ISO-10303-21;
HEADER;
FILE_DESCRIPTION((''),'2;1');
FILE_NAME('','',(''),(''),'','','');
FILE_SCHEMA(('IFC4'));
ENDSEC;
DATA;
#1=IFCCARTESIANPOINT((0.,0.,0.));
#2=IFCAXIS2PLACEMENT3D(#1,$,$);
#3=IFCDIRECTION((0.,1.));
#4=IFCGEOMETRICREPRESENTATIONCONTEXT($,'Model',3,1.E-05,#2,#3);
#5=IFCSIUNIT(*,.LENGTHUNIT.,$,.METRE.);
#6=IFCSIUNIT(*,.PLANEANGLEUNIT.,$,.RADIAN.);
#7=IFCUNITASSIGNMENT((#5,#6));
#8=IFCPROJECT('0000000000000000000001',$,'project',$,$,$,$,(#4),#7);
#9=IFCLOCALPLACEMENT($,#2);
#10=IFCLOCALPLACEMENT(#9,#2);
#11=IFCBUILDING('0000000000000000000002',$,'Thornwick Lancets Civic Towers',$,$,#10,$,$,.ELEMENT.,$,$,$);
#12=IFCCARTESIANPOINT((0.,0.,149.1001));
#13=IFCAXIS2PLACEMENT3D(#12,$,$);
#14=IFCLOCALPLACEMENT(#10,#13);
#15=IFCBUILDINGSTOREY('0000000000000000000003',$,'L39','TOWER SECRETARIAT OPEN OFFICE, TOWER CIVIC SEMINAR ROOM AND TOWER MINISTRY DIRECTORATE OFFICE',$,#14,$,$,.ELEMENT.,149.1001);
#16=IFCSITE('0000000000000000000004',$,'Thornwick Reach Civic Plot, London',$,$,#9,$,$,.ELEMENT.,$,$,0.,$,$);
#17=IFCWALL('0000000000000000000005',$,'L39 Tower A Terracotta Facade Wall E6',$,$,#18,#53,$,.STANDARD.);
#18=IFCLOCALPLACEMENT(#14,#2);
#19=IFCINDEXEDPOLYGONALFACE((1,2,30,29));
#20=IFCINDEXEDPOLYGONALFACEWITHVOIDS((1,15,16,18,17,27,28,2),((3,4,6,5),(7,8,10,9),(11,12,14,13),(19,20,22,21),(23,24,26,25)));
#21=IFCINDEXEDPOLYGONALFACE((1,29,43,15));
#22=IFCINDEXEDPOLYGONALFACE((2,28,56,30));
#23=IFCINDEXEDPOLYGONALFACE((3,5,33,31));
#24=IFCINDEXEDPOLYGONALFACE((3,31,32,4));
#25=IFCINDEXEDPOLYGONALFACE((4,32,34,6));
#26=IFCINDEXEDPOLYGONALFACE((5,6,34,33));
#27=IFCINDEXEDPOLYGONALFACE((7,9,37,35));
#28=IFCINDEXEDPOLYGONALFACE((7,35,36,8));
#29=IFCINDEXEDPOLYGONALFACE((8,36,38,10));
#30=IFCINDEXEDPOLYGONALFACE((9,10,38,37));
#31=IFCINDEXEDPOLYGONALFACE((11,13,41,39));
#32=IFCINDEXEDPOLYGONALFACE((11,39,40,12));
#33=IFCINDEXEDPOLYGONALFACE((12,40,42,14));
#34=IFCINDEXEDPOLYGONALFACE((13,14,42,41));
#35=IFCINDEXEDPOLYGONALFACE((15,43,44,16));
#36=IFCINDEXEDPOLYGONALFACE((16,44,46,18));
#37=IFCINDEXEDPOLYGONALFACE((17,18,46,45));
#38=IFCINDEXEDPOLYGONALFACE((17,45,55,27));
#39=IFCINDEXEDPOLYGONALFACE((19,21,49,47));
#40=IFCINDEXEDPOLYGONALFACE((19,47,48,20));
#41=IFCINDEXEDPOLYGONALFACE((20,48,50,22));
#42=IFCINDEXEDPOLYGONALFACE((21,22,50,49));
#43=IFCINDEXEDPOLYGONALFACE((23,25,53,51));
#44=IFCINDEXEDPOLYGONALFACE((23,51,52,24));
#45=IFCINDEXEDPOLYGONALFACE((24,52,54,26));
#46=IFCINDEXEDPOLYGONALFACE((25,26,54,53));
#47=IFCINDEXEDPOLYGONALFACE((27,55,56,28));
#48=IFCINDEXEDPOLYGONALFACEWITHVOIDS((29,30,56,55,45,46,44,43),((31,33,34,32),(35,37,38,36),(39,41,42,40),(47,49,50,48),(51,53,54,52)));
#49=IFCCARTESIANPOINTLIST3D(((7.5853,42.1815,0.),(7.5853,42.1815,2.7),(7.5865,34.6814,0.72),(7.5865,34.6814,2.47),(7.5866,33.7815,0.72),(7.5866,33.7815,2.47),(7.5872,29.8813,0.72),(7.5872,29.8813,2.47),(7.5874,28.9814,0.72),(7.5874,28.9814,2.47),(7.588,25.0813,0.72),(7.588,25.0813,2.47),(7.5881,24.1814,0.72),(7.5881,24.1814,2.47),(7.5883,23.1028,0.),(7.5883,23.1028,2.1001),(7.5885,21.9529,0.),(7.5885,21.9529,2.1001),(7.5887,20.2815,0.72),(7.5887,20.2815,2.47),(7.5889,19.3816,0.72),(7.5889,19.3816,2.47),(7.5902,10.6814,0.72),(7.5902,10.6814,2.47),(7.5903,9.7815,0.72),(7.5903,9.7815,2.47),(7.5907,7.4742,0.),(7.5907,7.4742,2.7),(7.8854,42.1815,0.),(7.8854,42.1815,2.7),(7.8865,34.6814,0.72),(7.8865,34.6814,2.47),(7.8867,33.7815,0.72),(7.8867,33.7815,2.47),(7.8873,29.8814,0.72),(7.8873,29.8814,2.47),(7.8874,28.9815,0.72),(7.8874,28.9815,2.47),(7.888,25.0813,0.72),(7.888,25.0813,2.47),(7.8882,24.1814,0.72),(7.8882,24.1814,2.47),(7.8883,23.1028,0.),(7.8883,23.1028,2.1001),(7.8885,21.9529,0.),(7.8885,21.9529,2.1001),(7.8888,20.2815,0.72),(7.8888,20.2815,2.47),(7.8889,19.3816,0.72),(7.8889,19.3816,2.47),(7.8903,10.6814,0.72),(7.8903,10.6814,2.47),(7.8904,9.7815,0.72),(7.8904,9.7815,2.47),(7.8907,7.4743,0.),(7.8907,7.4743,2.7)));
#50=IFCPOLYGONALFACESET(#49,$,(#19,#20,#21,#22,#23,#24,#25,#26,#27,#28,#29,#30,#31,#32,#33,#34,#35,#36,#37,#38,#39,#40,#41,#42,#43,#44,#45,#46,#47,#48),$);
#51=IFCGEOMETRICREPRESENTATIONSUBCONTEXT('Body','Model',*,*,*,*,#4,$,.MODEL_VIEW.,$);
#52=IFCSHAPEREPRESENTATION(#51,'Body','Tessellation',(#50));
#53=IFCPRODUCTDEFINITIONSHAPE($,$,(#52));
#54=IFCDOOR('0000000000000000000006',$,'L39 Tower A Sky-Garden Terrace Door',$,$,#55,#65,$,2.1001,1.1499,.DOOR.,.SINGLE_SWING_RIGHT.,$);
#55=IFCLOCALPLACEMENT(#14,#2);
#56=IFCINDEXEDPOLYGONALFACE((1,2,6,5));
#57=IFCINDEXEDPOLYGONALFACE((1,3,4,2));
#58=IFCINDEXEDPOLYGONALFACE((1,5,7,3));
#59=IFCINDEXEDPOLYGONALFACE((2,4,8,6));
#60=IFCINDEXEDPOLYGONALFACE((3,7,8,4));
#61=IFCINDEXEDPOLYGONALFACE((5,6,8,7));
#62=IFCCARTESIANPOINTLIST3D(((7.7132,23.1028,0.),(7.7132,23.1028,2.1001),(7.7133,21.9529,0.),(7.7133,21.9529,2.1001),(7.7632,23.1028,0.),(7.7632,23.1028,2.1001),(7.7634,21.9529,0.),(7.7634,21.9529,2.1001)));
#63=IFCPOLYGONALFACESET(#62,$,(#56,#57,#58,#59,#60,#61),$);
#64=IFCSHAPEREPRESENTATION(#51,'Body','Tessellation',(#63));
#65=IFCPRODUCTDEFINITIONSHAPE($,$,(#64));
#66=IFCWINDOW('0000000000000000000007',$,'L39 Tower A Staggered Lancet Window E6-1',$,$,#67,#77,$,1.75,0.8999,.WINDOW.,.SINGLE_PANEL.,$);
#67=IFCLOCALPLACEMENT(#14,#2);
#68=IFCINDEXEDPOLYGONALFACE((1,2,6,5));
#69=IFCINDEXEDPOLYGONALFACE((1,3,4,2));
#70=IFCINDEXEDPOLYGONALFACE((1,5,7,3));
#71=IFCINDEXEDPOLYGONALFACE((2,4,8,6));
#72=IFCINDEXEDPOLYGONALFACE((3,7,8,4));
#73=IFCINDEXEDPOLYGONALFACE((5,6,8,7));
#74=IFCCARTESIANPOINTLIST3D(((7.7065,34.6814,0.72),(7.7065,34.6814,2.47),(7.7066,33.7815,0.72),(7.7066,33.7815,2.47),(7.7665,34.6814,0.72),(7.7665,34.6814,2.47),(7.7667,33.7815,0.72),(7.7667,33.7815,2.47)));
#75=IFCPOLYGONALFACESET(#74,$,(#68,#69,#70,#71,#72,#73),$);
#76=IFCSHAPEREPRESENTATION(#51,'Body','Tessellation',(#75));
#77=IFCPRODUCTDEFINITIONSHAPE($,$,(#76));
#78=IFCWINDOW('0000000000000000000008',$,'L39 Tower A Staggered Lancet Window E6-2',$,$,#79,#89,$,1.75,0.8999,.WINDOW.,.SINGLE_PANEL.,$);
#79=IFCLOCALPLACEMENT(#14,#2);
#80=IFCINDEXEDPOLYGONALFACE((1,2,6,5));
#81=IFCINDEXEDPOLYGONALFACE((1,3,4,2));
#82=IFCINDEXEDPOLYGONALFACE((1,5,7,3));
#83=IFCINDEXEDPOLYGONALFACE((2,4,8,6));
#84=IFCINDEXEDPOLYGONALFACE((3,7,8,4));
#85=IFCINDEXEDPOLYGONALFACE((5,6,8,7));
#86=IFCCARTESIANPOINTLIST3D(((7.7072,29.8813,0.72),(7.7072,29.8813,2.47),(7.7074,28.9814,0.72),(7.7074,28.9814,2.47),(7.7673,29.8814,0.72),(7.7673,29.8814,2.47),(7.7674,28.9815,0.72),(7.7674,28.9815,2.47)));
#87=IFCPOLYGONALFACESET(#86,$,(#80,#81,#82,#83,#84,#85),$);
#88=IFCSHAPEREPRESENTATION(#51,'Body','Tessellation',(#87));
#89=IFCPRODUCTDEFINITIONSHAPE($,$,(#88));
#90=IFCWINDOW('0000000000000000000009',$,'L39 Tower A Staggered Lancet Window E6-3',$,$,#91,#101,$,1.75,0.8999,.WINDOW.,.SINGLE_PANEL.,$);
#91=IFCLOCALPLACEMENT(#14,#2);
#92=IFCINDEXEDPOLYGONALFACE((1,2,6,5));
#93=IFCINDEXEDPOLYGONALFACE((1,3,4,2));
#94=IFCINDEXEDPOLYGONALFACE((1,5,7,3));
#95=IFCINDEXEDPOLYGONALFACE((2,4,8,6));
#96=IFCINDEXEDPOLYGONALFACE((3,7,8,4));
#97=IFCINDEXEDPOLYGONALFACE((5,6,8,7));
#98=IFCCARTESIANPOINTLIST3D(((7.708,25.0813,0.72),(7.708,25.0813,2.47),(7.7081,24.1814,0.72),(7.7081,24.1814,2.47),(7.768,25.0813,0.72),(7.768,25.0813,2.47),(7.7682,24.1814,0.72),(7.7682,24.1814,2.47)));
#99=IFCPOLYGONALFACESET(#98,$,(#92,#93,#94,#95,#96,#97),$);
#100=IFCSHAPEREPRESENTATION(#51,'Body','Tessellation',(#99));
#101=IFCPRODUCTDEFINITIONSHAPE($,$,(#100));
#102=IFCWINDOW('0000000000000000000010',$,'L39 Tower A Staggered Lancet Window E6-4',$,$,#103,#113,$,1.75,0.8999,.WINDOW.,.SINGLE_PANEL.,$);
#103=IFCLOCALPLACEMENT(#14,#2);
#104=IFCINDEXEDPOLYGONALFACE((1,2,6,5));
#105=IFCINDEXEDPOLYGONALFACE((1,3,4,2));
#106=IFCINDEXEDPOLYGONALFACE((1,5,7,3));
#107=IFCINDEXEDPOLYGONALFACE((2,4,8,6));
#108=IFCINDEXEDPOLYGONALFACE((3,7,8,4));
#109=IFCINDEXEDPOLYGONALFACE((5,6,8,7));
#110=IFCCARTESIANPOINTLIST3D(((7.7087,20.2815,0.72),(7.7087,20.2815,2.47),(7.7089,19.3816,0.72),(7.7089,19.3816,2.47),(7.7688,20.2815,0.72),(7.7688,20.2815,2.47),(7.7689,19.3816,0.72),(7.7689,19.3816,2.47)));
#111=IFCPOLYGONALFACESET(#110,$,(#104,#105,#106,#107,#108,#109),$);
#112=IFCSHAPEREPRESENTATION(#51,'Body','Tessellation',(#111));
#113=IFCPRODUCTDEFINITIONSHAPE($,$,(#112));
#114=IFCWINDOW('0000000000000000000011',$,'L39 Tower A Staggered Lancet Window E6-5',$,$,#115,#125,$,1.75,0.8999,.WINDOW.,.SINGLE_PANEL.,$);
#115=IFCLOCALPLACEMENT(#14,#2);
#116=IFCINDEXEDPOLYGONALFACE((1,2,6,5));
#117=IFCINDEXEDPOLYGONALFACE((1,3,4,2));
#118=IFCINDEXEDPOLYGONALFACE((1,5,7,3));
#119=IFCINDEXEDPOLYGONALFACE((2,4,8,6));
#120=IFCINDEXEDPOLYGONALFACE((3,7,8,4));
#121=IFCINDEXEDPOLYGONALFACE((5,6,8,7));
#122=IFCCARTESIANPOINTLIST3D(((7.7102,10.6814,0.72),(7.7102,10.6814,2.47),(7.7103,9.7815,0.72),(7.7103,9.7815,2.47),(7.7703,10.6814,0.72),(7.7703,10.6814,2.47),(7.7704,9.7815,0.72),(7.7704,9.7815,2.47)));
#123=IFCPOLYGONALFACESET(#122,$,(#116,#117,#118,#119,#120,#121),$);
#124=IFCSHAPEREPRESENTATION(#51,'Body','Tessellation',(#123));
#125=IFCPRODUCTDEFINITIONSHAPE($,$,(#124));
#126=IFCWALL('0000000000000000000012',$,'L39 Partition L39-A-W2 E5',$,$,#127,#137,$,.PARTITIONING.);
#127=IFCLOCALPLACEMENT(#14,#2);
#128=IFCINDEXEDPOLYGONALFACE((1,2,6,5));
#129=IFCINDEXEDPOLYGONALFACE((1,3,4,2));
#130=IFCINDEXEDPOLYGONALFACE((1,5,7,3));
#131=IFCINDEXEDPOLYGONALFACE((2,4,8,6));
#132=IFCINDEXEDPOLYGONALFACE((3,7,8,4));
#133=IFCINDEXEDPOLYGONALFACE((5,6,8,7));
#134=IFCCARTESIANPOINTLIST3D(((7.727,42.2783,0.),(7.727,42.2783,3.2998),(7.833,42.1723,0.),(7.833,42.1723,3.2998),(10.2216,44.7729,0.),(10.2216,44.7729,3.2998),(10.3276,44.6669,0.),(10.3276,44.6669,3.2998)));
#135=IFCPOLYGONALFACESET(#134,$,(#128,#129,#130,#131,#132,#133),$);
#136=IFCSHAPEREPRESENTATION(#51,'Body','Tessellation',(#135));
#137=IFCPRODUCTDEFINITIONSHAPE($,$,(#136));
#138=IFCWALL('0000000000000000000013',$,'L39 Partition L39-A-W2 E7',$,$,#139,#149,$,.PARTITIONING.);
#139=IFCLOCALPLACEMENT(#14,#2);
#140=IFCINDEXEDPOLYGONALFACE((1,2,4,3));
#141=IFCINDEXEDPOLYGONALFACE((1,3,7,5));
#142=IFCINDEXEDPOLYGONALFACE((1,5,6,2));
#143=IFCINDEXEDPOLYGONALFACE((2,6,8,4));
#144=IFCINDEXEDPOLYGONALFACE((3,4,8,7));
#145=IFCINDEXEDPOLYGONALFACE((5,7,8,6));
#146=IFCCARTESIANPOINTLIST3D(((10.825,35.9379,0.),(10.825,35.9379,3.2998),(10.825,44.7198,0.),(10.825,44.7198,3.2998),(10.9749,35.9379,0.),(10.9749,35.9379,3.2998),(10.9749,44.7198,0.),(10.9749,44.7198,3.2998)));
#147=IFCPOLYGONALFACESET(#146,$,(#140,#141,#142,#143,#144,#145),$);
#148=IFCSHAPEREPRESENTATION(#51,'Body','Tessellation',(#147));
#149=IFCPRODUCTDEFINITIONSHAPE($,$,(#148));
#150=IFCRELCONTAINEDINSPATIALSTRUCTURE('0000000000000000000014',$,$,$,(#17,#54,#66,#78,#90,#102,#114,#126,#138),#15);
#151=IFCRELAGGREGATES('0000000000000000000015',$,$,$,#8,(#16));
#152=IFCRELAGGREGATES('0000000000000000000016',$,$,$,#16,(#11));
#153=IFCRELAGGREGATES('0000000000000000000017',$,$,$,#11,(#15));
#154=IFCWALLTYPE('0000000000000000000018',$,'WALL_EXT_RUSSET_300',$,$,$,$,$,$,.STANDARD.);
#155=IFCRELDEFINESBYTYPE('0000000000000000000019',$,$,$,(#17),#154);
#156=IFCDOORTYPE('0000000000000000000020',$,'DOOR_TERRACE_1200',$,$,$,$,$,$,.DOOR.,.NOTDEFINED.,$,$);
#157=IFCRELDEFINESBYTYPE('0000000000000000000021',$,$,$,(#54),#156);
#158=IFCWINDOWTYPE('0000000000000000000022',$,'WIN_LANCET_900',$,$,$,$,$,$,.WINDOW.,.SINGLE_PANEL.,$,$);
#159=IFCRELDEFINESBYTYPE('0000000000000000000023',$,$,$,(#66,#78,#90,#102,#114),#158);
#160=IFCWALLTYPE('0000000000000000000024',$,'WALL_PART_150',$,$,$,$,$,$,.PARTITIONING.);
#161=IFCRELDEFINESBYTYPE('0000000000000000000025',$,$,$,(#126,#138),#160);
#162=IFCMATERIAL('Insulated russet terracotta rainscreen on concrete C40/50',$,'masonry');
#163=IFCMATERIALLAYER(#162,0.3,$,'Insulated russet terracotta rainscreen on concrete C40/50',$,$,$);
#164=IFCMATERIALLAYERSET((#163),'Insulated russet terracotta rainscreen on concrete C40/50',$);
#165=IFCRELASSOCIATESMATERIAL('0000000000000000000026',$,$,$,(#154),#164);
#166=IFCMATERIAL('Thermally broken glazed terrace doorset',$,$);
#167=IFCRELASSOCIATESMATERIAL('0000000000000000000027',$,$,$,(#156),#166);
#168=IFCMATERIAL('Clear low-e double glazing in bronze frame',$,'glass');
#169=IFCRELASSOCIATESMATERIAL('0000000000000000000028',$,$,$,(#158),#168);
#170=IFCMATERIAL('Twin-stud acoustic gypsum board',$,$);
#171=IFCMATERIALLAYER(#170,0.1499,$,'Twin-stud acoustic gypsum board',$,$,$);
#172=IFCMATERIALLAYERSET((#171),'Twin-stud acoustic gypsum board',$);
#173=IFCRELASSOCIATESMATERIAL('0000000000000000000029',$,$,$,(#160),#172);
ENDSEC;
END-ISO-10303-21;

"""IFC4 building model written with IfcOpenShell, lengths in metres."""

from ifc_helpers import new_model, si_unit, direction, frame, frame_2d, origin, place, context, subcontext, project, spatial, rectangle, extrude, material, layer, layer_set, type_object, element, fill, save


model = new_model("IFC4")

# Units and contexts
model_context = context("Model", 3, precision=1e-05, world=origin(), true_north=direction((0.0, 1.0)))
body_context = subcontext(model_context, "Body", "Model", "MODEL_VIEW")
ifc_project = project(units=[si_unit("LENGTHUNIT", "METRE"), si_unit("PLANEANGLEUNIT", "RADIAN")], contexts=[model_context])

# Site, building, storey
site_placement = place(None, origin())
site = spatial("IfcSite", under=ifc_project, at=site_placement, Name="Thornwick Reach Civic Plot, London", CompositionType="ELEMENT", RefElevation=0.0)
building_placement = place(site_placement, origin())
building = spatial("IfcBuilding", under=site, at=building_placement, Name="Thornwick Lancets Civic Towers", CompositionType="ELEMENT")
storey_placement = place(building_placement, frame((0.0, 0.0, 149.1001)))
storey = spatial("IfcBuildingStorey", under=building, at=storey_placement, Name="L39", Description="TOWER SECRETARIAT OPEN OFFICE, TOWER CIVIC SEMINAR ROOM AND TOWER MINISTRY DIRECTORATE OFFICE", CompositionType="ELEMENT", Elevation=149.1001)

# Wall, openings, door, windows
ifc_material_1 = material(Name="Insulated russet terracotta rainscreen on concrete C40/50", Category="masonry")
ifc_layer_1 = layer(ifc_material_1, 0.3, Name="Insulated russet terracotta rainscreen on concrete C40/50")
ifc_layer_set_1 = layer_set([ifc_layer_1], Name="Insulated russet terracotta rainscreen on concrete C40/50")
wall_type_1 = type_object("IfcWallType", Name="WALL_EXT_RUSSET_300", PredefinedType="STANDARD", material=ifc_layer_set_1)
wall_1_placement = place(storey_placement, frame((7.7354, 42.1814, 0.0), z_axis=(0.0, 0.0, 1.0), x_axis=(0.000155, -1.0, 0.0)))
wall_1 = element("IfcWall", 1, at=wall_1_placement, inside=storey, type_object=wall_type_1, Name="L39 Tower A Terracotta Facade Wall E6", PredefinedType="STANDARD", context=body_context, shape_type="SweptSolid", body=[
    extrude(rectangle(XDim=34.7073, YDim=0.3, at=frame_2d((17.3535, 0.0))), origin(), (0.0, 0.0, 1.0), 2.7),
])
opening_1_placement = place(wall_1_placement, frame((19.0786, 0.0, 0.0)))
opening_1 = element("IfcOpeningElement", 2, at=opening_1_placement, cuts=wall_1, PredefinedType="OPENING", context=body_context, shape_type="SweptSolid", body=[
    extrude(rectangle(XDim=1.1499, YDim=2.1001, at=frame_2d((0.575, 1.05))), frame((0.0, 0.1602, 0.0), z_axis=(0.0, -1.0, 0.0), x_axis=(1.0, 0.0, 0.0)), (0.0, 0.0, 1.0), 0.3201),
])
opening_2_placement = place(wall_1_placement, frame((7.5, 0.0, 0.72)))
opening_2 = element("IfcOpeningElement", 3, at=opening_2_placement, cuts=wall_1, PredefinedType="OPENING", context=body_context, shape_type="SweptSolid", body=[
    extrude(rectangle(XDim=0.8999, YDim=1.75, at=frame_2d((0.45, 0.875))), frame((0.0, 0.1602, 0.0), z_axis=(0.0, -1.0, 0.0), x_axis=(1.0, 0.0, 0.0)), (0.0, 0.0, 1.0), 0.3201),
])
opening_3_placement = place(wall_1_placement, frame((12.3, 0.0, 0.72)))
opening_3 = element("IfcOpeningElement", 4, at=opening_3_placement, cuts=wall_1, PredefinedType="OPENING", context=body_context, shape_type="SweptSolid", body=[
    extrude(rectangle(XDim=0.8999, YDim=1.75, at=frame_2d((0.45, 0.875))), frame((0.0, 0.1602, 0.0), z_axis=(0.0, -1.0, 0.0), x_axis=(1.0, 0.0, 0.0)), (0.0, 0.0, 1.0), 0.3201),
])
opening_4_placement = place(wall_1_placement, frame((17.1001, 0.0, 0.72)))
opening_4 = element("IfcOpeningElement", 5, at=opening_4_placement, cuts=wall_1, PredefinedType="OPENING", context=body_context, shape_type="SweptSolid", body=[
    extrude(rectangle(XDim=0.8999, YDim=1.75, at=frame_2d((0.45, 0.875))), frame((0.0, 0.1602, 0.0), z_axis=(0.0, -1.0, 0.0), x_axis=(1.0, 0.0, 0.0)), (0.0, 0.0, 1.0), 0.3201),
])
opening_5_placement = place(wall_1_placement, frame((21.8999, 0.0, 0.72)))
opening_5 = element("IfcOpeningElement", 6, at=opening_5_placement, cuts=wall_1, PredefinedType="OPENING", context=body_context, shape_type="SweptSolid", body=[
    extrude(rectangle(XDim=0.8999, YDim=1.75, at=frame_2d((0.45, 0.875))), frame((0.0, 0.1602, 0.0), z_axis=(0.0, -1.0, 0.0), x_axis=(1.0, 0.0, 0.0)), (0.0, 0.0, 1.0), 0.3201),
])
opening_6_placement = place(wall_1_placement, frame((31.5, 0.0, 0.72)))
opening_6 = element("IfcOpeningElement", 7, at=opening_6_placement, cuts=wall_1, PredefinedType="OPENING", context=body_context, shape_type="SweptSolid", body=[
    extrude(rectangle(XDim=0.8999, YDim=1.75, at=frame_2d((0.45, 0.875))), frame((0.0, 0.1602, 0.0), z_axis=(0.0, -1.0, 0.0), x_axis=(1.0, 0.0, 0.0)), (0.0, 0.0, 1.0), 0.3201),
])
ifc_material_2 = material(Name="Thermally broken glazed terrace doorset")
door_type = type_object("IfcDoorType", Name="DOOR_TERRACE_1200", OperationType="NOTDEFINED", PredefinedType="DOOR", material=ifc_material_2)
door_placement = place(opening_1_placement, origin())
door = element("IfcDoor", 8, at=door_placement, inside=storey, type_object=door_type, Name="L39 Tower A Sky-Garden Terrace Door", OperationType="SINGLE_SWING_RIGHT", OverallHeight=2.1001, OverallWidth=1.1499, PredefinedType="DOOR", context=body_context, shape_type="SweptSolid", body=[
    extrude(rectangle(XDim=1.1499, YDim=2.1001, at=frame_2d((0.575, 1.05))), frame((0.0, 0.0249, 0.0), z_axis=(0.0, -1.0, 0.0), x_axis=(1.0, 0.0, 0.0)), (0.0, 0.0, 1.0), 0.05),
])
fill(opening_1, door)
ifc_material_3 = material(Name="Clear low-e double glazing in bronze frame", Category="glass")
window_type = type_object("IfcWindowType", Name="WIN_LANCET_900", PartitioningType="SINGLE_PANEL", PredefinedType="WINDOW", material=ifc_material_3)
window_1_placement = place(opening_2_placement, origin())
window_1 = element("IfcWindow", 9, at=window_1_placement, inside=storey, type_object=window_type, Name="L39 Tower A Staggered Lancet Window E6-1", OverallHeight=1.75, OverallWidth=0.8999, PartitioningType="SINGLE_PANEL", PredefinedType="WINDOW", context=body_context, shape_type="SweptSolid", body=[
    extrude(rectangle(XDim=0.8999, YDim=1.75, at=frame_2d((0.45, 0.875))), frame((0.0, 0.03, 0.0), z_axis=(0.0, -1.0, 0.0), x_axis=(1.0, 0.0, 0.0)), (0.0, 0.0, 1.0), 0.0601),
])
fill(opening_2, window_1)
window_2_placement = place(opening_3_placement, origin())
window_2 = element("IfcWindow", 10, at=window_2_placement, inside=storey, type_object=window_type, Name="L39 Tower A Staggered Lancet Window E6-2", OverallHeight=1.75, OverallWidth=0.8999, PartitioningType="SINGLE_PANEL", PredefinedType="WINDOW", context=body_context, shape_type="SweptSolid", body=[
    extrude(rectangle(XDim=0.8999, YDim=1.75, at=frame_2d((0.45, 0.875))), frame((0.0, 0.03, 0.0), z_axis=(0.0, -1.0, 0.0), x_axis=(1.0, 0.0, 0.0)), (0.0, 0.0, 1.0), 0.0601),
])
fill(opening_3, window_2)
window_3_placement = place(opening_4_placement, origin())
window_3 = element("IfcWindow", 11, at=window_3_placement, inside=storey, type_object=window_type, Name="L39 Tower A Staggered Lancet Window E6-3", OverallHeight=1.75, OverallWidth=0.8999, PartitioningType="SINGLE_PANEL", PredefinedType="WINDOW", context=body_context, shape_type="SweptSolid", body=[
    extrude(rectangle(XDim=0.8999, YDim=1.75, at=frame_2d((0.45, 0.875))), frame((0.0, 0.03, 0.0), z_axis=(0.0, -1.0, 0.0), x_axis=(1.0, 0.0, 0.0)), (0.0, 0.0, 1.0), 0.0601),
])
fill(opening_4, window_3)
window_4_placement = place(opening_5_placement, origin())
window_4 = element("IfcWindow", 12, at=window_4_placement, inside=storey, type_object=window_type, Name="L39 Tower A Staggered Lancet Window E6-4", OverallHeight=1.75, OverallWidth=0.8999, PartitioningType="SINGLE_PANEL", PredefinedType="WINDOW", context=body_context, shape_type="SweptSolid", body=[
    extrude(rectangle(XDim=0.8999, YDim=1.75, at=frame_2d((0.45, 0.875))), frame((0.0, 0.03, 0.0), z_axis=(0.0, -1.0, 0.0), x_axis=(1.0, 0.0, 0.0)), (0.0, 0.0, 1.0), 0.0601),
])
fill(opening_5, window_4)
window_5_placement = place(opening_6_placement, origin())
window_5 = element("IfcWindow", 13, at=window_5_placement, inside=storey, type_object=window_type, Name="L39 Tower A Staggered Lancet Window E6-5", OverallHeight=1.75, OverallWidth=0.8999, PartitioningType="SINGLE_PANEL", PredefinedType="WINDOW", context=body_context, shape_type="SweptSolid", body=[
    extrude(rectangle(XDim=0.8999, YDim=1.75, at=frame_2d((0.45, 0.875))), frame((0.0, 0.03, 0.0), z_axis=(0.0, -1.0, 0.0), x_axis=(1.0, 0.0, 0.0)), (0.0, 0.0, 1.0), 0.0601),
])
fill(opening_6, window_5)

# Walls
ifc_material_4 = material(Name="Twin-stud acoustic gypsum board")
ifc_layer_2 = layer(ifc_material_4, 0.1499, Name="Twin-stud acoustic gypsum board")
ifc_layer_set_2 = layer_set([ifc_layer_2], Name="Twin-stud acoustic gypsum board")
wall_type_2 = type_object("IfcWallType", Name="WALL_PART_150", PredefinedType="PARTITIONING", material=ifc_layer_set_2)
wall_2_placement = place(storey_placement, frame((7.78, 42.2253, 0.0), z_axis=(0.0, 0.0, 1.0), x_axis=(0.707107, 0.707107, 0.0)))
element("IfcWall", 14, at=wall_2_placement, inside=storey, type_object=wall_type_2, Name="L39 Partition L39-A-W2 E5", PredefinedType="PARTITIONING", context=body_context, shape_type="SweptSolid", body=[
    extrude(rectangle(XDim=3.5278, YDim=0.1499, at=frame_2d((1.7639, 0.0))), origin(), (0.0, 0.0, 1.0), 3.2998),
])
wall_3_placement = place(storey_placement, frame((10.8999, 44.72, 0.0), z_axis=(0.0, 0.0, 1.0), x_axis=(0.0, -1.0, 0.0)))
element("IfcWall", 15, at=wall_3_placement, inside=storey, type_object=wall_type_2, Name="L39 Partition L39-A-W2 E7", PredefinedType="PARTITIONING", context=body_context, shape_type="SweptSolid", body=[
    extrude(rectangle(XDim=8.782, YDim=0.1499, at=frame_2d((4.3911, 0.0))), origin(), (0.0, 0.0, 1.0), 3.2998),
])

save(model, "model.ifc")
